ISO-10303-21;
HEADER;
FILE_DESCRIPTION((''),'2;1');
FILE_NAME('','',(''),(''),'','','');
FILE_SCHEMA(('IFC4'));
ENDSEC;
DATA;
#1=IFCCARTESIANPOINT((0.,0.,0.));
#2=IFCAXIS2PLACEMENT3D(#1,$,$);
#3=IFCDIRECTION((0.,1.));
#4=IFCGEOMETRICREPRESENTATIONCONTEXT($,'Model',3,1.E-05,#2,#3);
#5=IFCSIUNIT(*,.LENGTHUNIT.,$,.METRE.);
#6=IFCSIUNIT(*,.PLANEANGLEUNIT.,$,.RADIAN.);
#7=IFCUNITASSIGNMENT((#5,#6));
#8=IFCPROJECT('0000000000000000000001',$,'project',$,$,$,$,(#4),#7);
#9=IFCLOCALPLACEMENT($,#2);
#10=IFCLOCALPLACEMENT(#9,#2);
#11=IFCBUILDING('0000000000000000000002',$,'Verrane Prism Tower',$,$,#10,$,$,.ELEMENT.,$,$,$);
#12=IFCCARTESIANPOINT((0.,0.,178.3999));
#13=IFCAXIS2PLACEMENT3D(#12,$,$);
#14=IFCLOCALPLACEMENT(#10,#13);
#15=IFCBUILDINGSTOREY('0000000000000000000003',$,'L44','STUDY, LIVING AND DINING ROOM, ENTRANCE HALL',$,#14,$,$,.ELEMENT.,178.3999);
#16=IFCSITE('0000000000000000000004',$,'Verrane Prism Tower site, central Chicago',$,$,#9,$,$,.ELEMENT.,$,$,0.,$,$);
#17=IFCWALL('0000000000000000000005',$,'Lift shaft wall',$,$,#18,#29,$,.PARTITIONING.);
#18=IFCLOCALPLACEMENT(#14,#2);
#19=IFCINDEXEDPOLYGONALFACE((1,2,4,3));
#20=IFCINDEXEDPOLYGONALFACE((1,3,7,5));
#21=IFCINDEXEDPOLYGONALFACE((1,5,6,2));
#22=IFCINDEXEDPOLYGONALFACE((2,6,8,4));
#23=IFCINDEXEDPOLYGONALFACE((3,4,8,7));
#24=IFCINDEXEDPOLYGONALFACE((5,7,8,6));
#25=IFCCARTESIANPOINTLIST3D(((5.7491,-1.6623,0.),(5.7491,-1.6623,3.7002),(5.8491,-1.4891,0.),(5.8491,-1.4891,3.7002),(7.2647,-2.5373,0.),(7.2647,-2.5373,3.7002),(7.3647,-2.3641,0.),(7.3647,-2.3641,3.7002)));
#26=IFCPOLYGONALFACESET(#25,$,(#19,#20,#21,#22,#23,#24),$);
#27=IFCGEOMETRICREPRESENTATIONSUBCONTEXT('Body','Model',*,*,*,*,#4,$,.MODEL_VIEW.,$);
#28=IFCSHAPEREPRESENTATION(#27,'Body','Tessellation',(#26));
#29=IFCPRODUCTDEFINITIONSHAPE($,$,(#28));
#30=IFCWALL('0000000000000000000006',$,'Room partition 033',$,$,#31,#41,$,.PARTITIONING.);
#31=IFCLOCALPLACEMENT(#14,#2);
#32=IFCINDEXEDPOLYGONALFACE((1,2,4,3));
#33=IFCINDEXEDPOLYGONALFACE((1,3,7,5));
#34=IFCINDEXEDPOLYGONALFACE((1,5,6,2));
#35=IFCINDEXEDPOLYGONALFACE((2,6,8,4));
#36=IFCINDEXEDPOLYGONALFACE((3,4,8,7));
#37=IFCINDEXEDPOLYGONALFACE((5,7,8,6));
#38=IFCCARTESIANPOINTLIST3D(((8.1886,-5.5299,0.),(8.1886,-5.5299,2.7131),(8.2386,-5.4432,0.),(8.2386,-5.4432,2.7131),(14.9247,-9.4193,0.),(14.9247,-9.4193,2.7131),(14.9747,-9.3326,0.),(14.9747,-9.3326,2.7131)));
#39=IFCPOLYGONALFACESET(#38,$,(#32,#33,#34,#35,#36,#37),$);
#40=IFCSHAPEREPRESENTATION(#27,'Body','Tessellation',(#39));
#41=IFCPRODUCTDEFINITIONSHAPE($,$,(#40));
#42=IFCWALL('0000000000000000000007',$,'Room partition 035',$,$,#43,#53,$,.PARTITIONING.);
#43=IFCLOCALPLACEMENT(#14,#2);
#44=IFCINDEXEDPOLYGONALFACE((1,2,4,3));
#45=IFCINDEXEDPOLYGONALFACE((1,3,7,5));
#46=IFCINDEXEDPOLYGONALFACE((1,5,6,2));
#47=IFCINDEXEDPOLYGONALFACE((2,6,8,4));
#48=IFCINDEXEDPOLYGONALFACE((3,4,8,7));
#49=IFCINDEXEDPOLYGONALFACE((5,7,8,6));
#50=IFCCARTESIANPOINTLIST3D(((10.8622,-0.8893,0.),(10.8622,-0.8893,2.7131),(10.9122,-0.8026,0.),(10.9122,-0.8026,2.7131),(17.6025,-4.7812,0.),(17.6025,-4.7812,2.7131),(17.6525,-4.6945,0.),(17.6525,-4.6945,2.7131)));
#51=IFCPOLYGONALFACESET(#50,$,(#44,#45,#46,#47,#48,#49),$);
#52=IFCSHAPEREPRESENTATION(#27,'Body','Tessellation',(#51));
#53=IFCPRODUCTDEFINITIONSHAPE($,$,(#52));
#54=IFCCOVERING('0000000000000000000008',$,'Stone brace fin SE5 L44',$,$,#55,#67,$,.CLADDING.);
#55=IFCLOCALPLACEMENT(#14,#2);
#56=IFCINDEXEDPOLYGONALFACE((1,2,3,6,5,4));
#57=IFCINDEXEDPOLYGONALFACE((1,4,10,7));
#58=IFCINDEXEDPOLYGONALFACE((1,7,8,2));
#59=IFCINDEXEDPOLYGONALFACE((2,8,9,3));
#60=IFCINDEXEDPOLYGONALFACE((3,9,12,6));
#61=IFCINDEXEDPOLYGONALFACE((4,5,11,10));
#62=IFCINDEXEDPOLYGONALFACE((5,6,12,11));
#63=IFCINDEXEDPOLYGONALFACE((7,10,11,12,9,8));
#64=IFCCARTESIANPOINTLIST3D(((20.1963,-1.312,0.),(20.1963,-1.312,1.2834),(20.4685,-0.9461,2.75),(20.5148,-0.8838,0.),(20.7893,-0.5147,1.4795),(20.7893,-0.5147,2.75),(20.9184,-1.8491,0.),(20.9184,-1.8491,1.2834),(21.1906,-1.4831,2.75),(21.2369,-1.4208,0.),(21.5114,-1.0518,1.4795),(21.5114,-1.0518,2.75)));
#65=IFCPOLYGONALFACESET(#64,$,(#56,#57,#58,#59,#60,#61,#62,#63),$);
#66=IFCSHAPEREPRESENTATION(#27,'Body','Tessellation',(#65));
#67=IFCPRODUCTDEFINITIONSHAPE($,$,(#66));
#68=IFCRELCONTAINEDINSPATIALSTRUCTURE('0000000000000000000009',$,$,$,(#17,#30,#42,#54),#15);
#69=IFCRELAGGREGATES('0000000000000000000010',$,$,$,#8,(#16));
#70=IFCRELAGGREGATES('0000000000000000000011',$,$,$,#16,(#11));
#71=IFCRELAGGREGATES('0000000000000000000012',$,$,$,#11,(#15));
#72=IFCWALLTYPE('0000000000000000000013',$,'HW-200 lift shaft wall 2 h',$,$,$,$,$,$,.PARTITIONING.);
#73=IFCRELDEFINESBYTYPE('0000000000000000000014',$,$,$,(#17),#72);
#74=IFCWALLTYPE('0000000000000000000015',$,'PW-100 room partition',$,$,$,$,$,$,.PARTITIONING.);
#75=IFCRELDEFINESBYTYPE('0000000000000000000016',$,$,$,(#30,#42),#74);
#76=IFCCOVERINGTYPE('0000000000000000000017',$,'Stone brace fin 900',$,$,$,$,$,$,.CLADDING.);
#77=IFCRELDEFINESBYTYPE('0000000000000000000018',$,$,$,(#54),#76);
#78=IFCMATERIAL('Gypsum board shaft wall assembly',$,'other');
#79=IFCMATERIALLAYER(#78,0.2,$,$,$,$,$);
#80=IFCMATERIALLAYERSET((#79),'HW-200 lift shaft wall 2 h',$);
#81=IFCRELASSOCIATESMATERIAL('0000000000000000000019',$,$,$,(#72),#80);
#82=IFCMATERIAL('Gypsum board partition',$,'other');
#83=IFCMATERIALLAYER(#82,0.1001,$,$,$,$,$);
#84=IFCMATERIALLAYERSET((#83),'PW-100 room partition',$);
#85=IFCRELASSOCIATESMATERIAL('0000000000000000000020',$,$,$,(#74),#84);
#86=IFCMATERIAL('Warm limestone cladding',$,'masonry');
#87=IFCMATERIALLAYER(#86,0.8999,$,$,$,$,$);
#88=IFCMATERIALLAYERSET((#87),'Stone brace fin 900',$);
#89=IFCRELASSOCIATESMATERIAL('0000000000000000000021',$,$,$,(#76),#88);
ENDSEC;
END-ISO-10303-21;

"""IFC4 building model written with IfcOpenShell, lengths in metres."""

from ifc_helpers import new_model, si_unit, direction, frame, frame_2d, origin, place, context, subcontext, project, spatial, polyline, rectangle, outline, extrude, material, layer, layer_set, type_object, element, save


model = new_model("IFC4")

# Units and contexts
model_context = context("Model", 3, precision=1e-05, world=origin(), true_north=direction((0.0, 1.0)))
body_context = subcontext(model_context, "Body", "Model", "MODEL_VIEW")
ifc_project = project(units=[si_unit("LENGTHUNIT", "METRE"), si_unit("PLANEANGLEUNIT", "RADIAN")], contexts=[model_context])

# Site, building, storey
site_placement = place(None, origin())
site = spatial("IfcSite", under=ifc_project, at=site_placement, Name="Verrane Prism Tower site, central Chicago", CompositionType="ELEMENT", RefElevation=0.0)
building_placement = place(site_placement, origin())
building = spatial("IfcBuilding", under=site, at=building_placement, Name="Verrane Prism Tower", CompositionType="ELEMENT")
storey_placement = place(building_placement, frame((0.0, 0.0, 178.3999)))
storey = spatial("IfcBuildingStorey", under=building, at=storey_placement, Name="L44", Description="STUDY, LIVING AND DINING ROOM, ENTRANCE HALL", CompositionType="ELEMENT", Elevation=178.3999)

# Walls
ifc_material_1 = material(Name="Gypsum board shaft wall assembly", Category="other")
ifc_layer_1 = layer(ifc_material_1, 0.2)
ifc_layer_set_1 = layer_set([ifc_layer_1], Name="HW-200 lift shaft wall 2 h")
wall_type_1 = type_object("IfcWallType", Name="HW-200 lift shaft wall 2 h", PredefinedType="PARTITIONING", material=ifc_layer_set_1)
for number, where, z_axis, x_axis, name in (
    (1, (7.3147, -2.4507, 0.0), (0.0, 0.0, 1.0), (-0.866037, 0.49998, 0.0), "Lift shaft wall"),
):
    element("IfcWall", number, at=place(storey_placement, frame(where, z_axis=z_axis, x_axis=x_axis)), inside=storey, type_object=wall_type_1, Name=name, PredefinedType="PARTITIONING", context=body_context, shape_type="SweptSolid", body=[
        extrude(rectangle(XDim=1.75, YDim=0.2, at=frame_2d((0.875, 0.0))), origin(), (0.0, 0.0, 1.0), 3.7002),
    ])
ifc_material_2 = material(Name="Gypsum board partition", Category="other")
ifc_layer_2 = layer(ifc_material_2, 0.1001)
ifc_layer_set_2 = layer_set([ifc_layer_2], Name="PW-100 room partition")
wall_type_2 = type_object("IfcWallType", Name="PW-100 room partition", PredefinedType="PARTITIONING", material=ifc_layer_set_2)
wall_1_placement = place(storey_placement, frame((8.2136, -5.4866, 0.0), z_axis=(0.0, 0.0, 1.0), x_axis=(0.866007, -0.500031, 0.0)))
element("IfcWall", 2, at=wall_1_placement, inside=storey, type_object=wall_type_2, Name="Room partition 033", PredefinedType="PARTITIONING", context=body_context, shape_type="SweptSolid", body=[
    extrude(rectangle(XDim=7.7783, YDim=0.1001, at=frame_2d((3.8892, 0.0))), origin(), (0.0, 0.0, 1.0), 2.7131),
])
wall_2_placement = place(storey_placement, frame((10.8872, -0.8459, 0.0), z_axis=(0.0, 0.0, 1.0), x_axis=(0.866005, -0.500036, 0.0)))
element("IfcWall", 3, at=wall_2_placement, inside=storey, type_object=wall_type_2, Name="Room partition 035", PredefinedType="PARTITIONING", context=body_context, shape_type="SweptSolid", body=[
    extrude(rectangle(XDim=7.7832, YDim=0.1001, at=frame_2d((3.8916, 0.0))), origin(), (0.0, 0.0, 1.0), 2.7131),
])

# Covering
ifc_material_3 = material(Name="Warm limestone cladding", Category="masonry")
ifc_layer_3 = layer(ifc_material_3, 0.8999)
ifc_layer_set_3 = layer_set([ifc_layer_3], Name="Stone brace fin 900")
covering_type = type_object("IfcCoveringType", Name="Stone brace fin 900", PredefinedType="CLADDING", material=ifc_layer_set_3)
covering_placement = place(storey_placement, frame((20.5574, -1.5806, 0.0), z_axis=(0.0, 0.0, 1.0), x_axis=(0.596772, 0.802411, 0.0)))
element("IfcCovering", 4, at=covering_placement, inside=storey, type_object=covering_type, Name="Stone brace fin SE5 L44", PredefinedType="CLADDING", context=body_context, shape_type="SweptSolid", body=[
    extrude(outline(polyline([(0.9937, 2.75), (0.4561, 2.75), (0.0, 1.2834), (0.0, 0.0), (0.5337, 0.0), (0.9937, 1.4795), (0.9937, 2.75)])), frame((0.0, 0.45, 0.0), z_axis=(0.0, -1.0, 0.0), x_axis=(1.0, 0.0, 0.0)), (0.0, 0.0, 1.0), 0.8999),
])

save(model, "model.ifc")
